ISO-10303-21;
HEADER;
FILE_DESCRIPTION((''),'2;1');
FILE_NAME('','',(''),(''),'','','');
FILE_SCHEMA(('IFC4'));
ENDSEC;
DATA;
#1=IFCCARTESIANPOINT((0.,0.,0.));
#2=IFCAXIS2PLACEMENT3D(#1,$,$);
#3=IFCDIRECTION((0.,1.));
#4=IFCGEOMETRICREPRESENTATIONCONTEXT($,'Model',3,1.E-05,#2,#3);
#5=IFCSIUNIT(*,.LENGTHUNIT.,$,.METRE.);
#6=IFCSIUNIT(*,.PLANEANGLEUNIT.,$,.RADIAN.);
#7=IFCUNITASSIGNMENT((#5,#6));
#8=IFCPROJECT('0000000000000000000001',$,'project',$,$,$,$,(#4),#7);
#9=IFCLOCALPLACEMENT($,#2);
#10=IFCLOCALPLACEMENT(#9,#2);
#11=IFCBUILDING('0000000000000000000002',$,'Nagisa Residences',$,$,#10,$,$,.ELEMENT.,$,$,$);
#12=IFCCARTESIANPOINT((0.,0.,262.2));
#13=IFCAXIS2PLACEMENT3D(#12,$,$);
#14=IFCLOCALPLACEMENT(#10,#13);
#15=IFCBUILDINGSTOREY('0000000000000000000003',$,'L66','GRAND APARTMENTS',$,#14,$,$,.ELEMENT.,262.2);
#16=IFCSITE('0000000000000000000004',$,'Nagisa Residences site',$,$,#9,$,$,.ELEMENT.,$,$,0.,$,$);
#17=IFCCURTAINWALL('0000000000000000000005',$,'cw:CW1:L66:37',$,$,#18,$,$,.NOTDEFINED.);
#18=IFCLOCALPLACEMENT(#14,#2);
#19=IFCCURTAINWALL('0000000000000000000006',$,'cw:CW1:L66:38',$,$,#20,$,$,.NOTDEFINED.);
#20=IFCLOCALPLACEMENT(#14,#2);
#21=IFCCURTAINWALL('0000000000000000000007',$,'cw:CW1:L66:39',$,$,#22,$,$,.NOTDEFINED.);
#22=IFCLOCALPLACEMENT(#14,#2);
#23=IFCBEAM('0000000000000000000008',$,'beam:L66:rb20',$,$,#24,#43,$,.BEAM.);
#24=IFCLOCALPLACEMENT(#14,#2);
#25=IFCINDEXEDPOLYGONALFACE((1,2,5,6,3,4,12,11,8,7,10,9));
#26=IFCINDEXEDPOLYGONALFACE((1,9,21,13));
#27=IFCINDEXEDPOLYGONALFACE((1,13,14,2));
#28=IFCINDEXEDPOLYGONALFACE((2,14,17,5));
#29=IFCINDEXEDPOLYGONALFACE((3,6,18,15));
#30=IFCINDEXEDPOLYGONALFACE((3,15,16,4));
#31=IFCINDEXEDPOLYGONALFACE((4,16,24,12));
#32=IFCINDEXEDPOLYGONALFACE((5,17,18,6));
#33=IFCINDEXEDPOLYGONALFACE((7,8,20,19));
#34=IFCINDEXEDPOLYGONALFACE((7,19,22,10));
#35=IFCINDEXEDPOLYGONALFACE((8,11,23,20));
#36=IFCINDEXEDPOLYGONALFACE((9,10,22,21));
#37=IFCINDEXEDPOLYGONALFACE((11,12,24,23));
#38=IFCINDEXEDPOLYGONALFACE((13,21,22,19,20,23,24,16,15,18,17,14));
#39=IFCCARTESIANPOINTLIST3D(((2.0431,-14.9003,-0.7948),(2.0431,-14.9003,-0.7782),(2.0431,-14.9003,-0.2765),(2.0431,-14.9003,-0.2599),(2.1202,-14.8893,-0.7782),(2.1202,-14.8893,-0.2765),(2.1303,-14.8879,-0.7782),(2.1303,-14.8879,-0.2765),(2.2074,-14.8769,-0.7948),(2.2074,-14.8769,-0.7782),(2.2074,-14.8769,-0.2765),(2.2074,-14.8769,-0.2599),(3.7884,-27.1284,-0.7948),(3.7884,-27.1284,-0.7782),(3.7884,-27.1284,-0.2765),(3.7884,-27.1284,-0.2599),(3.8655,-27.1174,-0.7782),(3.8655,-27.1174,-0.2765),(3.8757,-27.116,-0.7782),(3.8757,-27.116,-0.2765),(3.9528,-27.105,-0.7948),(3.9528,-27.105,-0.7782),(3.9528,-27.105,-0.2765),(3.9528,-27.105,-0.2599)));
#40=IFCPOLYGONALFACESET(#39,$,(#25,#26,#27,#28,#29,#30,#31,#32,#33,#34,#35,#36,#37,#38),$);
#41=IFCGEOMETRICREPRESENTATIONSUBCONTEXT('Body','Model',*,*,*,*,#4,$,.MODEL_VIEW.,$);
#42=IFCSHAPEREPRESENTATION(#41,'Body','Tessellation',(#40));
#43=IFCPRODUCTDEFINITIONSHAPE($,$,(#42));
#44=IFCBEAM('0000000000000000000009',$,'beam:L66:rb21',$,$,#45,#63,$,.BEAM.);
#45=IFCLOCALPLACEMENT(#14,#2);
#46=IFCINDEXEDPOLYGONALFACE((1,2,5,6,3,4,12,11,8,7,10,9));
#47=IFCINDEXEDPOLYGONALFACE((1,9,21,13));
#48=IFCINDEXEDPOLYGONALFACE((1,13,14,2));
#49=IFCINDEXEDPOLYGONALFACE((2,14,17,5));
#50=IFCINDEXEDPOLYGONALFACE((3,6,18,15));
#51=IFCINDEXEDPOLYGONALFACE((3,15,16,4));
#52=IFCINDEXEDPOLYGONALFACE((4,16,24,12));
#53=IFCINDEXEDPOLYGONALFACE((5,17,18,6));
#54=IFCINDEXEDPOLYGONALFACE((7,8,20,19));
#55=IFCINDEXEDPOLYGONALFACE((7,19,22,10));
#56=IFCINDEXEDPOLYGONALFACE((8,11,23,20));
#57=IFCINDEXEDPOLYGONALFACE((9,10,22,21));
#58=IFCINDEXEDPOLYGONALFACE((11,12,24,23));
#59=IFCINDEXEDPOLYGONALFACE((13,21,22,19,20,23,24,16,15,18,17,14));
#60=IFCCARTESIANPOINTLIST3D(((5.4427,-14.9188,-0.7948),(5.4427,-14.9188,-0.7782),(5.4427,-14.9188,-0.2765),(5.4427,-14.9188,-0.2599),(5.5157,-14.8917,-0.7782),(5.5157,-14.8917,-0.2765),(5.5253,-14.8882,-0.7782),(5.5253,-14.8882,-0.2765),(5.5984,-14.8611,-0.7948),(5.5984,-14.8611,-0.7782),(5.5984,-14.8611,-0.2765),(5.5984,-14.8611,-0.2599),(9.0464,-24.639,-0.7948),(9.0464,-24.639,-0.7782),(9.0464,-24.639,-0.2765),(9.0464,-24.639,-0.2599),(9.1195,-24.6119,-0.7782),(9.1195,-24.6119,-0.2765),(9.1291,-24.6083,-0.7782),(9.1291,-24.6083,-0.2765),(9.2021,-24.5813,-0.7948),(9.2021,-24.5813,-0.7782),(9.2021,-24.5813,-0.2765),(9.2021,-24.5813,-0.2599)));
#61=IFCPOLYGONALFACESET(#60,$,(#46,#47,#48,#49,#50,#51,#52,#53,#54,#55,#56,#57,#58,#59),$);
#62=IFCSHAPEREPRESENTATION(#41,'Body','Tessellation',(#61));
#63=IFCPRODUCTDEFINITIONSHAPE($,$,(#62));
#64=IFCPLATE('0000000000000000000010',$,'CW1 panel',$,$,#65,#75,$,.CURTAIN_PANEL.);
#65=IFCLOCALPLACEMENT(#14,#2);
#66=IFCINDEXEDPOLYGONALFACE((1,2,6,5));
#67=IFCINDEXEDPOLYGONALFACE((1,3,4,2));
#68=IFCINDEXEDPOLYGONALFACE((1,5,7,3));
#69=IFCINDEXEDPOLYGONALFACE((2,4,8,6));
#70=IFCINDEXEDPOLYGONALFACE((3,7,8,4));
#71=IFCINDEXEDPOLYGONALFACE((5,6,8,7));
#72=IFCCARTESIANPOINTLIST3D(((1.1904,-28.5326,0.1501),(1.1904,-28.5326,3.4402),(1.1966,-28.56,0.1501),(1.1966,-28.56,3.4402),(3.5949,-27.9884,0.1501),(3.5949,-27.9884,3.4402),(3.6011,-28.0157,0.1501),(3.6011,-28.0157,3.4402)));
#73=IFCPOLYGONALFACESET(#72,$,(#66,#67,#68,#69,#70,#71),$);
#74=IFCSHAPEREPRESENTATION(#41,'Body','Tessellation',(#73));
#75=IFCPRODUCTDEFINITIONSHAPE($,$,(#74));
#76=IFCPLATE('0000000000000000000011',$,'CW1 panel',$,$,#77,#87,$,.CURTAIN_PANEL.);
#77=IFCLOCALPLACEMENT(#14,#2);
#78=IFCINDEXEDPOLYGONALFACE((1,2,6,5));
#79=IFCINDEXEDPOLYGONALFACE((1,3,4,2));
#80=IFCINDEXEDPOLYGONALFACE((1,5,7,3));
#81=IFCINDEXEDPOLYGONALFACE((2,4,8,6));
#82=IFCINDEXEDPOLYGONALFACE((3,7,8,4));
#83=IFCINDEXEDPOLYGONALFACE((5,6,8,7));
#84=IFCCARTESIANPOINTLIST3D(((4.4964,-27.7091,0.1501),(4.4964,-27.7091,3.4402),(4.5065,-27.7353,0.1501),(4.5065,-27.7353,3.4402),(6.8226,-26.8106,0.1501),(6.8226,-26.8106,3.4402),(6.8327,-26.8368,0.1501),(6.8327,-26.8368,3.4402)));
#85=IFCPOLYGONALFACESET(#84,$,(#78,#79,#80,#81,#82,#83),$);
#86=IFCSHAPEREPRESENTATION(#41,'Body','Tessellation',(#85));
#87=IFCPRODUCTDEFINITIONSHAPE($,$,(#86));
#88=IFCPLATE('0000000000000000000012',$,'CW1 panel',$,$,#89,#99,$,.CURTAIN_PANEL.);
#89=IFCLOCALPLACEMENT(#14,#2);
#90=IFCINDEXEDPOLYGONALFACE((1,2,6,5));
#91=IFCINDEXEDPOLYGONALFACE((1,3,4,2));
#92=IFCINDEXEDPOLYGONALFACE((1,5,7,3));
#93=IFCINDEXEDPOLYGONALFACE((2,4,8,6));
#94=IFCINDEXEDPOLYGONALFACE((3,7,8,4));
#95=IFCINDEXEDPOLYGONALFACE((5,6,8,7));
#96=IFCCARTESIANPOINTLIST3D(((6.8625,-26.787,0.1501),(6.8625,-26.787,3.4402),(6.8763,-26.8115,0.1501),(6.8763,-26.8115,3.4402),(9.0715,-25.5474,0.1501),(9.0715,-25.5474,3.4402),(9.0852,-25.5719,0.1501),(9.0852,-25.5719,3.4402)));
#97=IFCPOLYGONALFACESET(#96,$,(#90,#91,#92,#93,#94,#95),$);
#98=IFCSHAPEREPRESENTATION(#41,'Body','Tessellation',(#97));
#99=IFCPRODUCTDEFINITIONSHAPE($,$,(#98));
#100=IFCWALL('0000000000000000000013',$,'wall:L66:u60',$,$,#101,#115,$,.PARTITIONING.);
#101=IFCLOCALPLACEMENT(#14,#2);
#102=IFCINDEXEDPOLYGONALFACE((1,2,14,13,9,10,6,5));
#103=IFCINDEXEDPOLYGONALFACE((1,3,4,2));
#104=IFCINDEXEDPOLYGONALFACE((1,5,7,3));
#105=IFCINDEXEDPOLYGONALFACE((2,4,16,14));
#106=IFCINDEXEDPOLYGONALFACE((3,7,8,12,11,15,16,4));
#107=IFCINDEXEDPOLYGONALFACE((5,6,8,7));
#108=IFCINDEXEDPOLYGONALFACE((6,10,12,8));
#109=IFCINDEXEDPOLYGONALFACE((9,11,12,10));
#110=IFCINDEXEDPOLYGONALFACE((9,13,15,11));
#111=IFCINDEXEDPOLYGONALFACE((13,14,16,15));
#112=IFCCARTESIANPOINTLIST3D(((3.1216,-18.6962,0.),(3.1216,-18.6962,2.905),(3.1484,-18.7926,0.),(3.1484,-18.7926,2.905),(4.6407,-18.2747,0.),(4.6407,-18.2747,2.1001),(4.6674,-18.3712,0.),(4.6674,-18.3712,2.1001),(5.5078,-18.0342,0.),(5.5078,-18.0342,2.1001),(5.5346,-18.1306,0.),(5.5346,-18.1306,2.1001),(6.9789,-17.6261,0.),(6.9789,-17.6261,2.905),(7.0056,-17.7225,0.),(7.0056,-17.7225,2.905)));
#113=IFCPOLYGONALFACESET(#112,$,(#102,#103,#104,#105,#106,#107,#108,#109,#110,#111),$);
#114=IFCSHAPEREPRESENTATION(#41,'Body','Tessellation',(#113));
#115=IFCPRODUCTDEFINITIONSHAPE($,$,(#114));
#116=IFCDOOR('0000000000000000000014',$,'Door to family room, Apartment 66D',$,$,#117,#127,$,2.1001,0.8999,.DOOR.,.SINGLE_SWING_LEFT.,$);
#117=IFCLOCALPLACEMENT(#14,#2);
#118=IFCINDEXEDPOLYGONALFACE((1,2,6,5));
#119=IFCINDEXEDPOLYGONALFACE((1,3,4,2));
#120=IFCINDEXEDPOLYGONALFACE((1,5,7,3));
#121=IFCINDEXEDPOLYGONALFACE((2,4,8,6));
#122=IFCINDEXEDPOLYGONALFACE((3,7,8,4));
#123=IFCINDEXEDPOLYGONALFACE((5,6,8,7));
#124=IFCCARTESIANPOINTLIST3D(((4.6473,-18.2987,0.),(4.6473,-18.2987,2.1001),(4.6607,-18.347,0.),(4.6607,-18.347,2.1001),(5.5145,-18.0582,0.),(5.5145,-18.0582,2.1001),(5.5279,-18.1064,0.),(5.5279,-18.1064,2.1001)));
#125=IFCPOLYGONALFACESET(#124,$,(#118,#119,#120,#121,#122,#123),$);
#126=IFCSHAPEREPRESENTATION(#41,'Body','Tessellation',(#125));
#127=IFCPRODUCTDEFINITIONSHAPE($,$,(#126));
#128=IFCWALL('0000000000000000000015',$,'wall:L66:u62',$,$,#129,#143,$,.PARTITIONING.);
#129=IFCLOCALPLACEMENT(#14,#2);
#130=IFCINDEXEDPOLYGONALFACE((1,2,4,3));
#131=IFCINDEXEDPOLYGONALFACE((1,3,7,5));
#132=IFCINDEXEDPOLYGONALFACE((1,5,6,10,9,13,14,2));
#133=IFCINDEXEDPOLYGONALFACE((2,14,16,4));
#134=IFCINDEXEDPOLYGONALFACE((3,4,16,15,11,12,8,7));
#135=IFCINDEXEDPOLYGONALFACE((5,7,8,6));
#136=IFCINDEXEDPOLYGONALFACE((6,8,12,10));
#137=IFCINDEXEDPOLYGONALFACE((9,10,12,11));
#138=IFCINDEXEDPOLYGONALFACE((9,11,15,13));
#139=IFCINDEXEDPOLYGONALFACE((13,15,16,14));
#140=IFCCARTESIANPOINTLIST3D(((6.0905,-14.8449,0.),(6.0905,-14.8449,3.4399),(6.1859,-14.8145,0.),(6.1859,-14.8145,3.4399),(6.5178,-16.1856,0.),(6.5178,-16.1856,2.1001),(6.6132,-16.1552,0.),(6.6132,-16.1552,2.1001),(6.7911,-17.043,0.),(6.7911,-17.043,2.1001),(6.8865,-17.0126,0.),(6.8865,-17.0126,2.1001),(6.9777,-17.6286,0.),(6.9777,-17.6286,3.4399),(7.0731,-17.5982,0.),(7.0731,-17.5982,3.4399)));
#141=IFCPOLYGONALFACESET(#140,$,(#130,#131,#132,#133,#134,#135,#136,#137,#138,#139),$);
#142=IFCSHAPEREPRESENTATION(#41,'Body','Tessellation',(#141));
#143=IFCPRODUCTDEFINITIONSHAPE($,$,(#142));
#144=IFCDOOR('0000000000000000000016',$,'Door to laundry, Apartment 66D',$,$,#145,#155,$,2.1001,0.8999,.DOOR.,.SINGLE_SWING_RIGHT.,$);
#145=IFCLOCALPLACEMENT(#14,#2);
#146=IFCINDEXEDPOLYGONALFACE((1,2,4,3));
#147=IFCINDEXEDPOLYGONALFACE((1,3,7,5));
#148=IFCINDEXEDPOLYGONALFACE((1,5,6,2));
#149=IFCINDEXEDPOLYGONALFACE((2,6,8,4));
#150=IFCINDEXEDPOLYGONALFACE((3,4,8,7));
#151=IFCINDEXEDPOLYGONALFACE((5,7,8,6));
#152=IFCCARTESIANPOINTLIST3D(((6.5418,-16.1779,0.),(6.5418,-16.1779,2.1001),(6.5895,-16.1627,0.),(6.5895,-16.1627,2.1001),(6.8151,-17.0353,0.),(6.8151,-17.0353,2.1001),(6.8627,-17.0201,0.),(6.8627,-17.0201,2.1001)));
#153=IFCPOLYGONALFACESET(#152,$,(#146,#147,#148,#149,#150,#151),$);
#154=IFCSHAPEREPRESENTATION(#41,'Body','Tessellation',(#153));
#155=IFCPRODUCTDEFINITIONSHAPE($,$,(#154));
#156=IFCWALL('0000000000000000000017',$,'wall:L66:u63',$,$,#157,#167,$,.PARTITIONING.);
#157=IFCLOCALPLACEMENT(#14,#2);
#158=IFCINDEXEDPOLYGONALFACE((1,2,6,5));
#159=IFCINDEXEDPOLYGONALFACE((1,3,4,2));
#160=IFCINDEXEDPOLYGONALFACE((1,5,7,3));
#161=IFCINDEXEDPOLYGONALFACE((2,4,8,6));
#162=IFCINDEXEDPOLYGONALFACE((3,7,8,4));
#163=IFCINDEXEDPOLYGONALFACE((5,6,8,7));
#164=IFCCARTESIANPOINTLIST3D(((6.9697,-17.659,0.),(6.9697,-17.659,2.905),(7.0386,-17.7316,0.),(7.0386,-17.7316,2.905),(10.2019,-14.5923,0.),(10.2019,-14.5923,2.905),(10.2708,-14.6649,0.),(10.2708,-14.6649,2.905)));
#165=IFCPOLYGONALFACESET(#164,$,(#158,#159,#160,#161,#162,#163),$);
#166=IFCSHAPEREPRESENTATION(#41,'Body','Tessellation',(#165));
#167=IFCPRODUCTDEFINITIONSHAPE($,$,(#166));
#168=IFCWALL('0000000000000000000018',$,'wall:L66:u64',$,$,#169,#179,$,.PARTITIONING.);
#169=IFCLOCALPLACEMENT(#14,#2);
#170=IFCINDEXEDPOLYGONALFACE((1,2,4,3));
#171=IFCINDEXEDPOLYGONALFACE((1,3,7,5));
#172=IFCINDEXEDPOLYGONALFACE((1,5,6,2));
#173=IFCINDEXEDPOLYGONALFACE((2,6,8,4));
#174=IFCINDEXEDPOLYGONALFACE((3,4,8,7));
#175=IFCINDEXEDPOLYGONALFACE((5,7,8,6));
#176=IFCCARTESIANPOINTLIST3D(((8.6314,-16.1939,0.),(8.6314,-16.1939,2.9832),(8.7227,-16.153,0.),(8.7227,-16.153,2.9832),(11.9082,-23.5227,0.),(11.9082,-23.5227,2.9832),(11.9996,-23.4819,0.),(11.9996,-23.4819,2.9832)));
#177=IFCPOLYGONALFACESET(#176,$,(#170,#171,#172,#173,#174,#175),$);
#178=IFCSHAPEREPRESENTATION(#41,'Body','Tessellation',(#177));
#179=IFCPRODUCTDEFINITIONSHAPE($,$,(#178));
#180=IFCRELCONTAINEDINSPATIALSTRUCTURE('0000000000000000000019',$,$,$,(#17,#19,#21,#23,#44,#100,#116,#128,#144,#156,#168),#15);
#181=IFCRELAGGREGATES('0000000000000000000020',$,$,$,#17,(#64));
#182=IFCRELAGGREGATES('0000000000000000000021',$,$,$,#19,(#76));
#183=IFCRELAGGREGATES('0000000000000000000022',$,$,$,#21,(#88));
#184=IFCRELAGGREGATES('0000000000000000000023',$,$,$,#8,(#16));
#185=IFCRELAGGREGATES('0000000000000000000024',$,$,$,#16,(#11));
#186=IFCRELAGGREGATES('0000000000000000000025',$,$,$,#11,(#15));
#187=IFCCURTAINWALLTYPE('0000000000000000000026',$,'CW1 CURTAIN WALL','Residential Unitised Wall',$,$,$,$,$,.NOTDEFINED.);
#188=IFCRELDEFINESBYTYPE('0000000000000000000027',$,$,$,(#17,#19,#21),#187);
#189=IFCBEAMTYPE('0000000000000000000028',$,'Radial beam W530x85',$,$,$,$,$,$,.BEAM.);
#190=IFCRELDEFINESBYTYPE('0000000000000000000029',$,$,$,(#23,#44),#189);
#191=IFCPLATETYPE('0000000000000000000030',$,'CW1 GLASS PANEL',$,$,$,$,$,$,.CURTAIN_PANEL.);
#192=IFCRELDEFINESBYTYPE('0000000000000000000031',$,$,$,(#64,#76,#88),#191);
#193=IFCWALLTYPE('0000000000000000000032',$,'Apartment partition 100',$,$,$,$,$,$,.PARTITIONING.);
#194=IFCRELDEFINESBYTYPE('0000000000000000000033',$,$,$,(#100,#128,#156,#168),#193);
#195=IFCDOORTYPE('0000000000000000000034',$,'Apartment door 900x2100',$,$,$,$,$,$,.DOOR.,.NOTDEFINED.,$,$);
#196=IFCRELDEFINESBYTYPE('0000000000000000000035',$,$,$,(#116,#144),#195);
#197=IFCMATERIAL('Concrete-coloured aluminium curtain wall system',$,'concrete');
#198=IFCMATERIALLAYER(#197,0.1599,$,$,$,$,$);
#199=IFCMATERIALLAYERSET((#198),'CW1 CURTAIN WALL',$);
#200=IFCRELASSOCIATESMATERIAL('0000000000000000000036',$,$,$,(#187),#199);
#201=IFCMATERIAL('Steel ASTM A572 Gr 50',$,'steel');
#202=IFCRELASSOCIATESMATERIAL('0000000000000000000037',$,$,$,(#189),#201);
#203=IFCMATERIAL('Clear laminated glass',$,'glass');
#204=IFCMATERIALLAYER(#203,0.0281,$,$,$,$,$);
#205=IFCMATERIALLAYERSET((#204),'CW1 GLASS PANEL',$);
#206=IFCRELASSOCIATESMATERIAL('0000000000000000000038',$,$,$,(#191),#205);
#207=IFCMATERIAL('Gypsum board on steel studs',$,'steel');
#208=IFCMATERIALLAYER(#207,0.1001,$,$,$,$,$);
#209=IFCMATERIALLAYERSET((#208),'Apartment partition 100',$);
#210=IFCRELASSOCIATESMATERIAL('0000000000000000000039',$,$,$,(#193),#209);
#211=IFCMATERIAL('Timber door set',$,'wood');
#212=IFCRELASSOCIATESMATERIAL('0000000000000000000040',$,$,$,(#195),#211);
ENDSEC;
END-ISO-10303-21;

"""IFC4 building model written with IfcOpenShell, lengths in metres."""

from ifc_helpers import new_model, si_unit, direction, frame, frame_2d, origin, origin_2d, place, context, subcontext, project, spatial, rectangle, i_section, extrude, material, layer, layer_set, material_profile, profile_set, type_object, element, fill, aggregate, save


model = new_model("IFC4")

# Units and contexts
model_context = context("Model", 3, precision=1e-05, world=origin(), true_north=direction((0.0, 1.0)))
body_context = subcontext(model_context, "Body", "Model", "MODEL_VIEW")
ifc_project = project(units=[si_unit("LENGTHUNIT", "METRE"), si_unit("PLANEANGLEUNIT", "RADIAN")], contexts=[model_context])

# Site, building, storey
site_placement = place(None, origin())
site = spatial("IfcSite", under=ifc_project, at=site_placement, Name="Nagisa Residences site", CompositionType="ELEMENT", RefElevation=0.0)
building_placement = place(site_placement, origin())
building = spatial("IfcBuilding", under=site, at=building_placement, Name="Nagisa Residences", CompositionType="ELEMENT")
storey_placement = place(building_placement, frame((0.0, 0.0, 262.2)))
storey = spatial("IfcBuildingStorey", under=building, at=storey_placement, Name="L66", Description="GRAND APARTMENTS", CompositionType="ELEMENT", Elevation=262.2)

# Curtain walls
ifc_material_1 = material(Name="Concrete-coloured aluminium curtain wall system", Category="concrete")
ifc_layer_1 = layer(ifc_material_1, 0.1599)
ifc_layer_set_1 = layer_set([ifc_layer_1], Name="CW1 CURTAIN WALL")
curtain_wall_type = type_object("IfcCurtainWallType", Name="CW1 CURTAIN WALL", Description="Residential Unitised Wall", PredefinedType="NOTDEFINED", material=ifc_layer_set_1)
curtain_wall_1_placement = place(storey_placement, origin())
curtain_wall_1 = element("IfcCurtainWall", 1, at=curtain_wall_1_placement, inside=storey, type_object=curtain_wall_type, Name="cw:CW1:L66:37", PredefinedType="NOTDEFINED")
curtain_wall_2_placement = place(storey_placement, origin())
curtain_wall_2 = element("IfcCurtainWall", 2, at=curtain_wall_2_placement, inside=storey, type_object=curtain_wall_type, Name="cw:CW1:L66:38", PredefinedType="NOTDEFINED")
curtain_wall_3_placement = place(storey_placement, origin())
curtain_wall_3 = element("IfcCurtainWall", 3, at=curtain_wall_3_placement, inside=storey, type_object=curtain_wall_type, Name="cw:CW1:L66:39", PredefinedType="NOTDEFINED")

# Beams
ifc_material_2 = material(Name="Steel ASTM A572 Gr 50", Category="steel")
ifc_material_profile_1 = material_profile(ifc_material_2, i_section(OverallWidth=0.166, OverallDepth=0.5349, WebThickness=0.0103, FlangeThickness=0.0166, at=origin_2d()), Name="W530x85")
ifc_profile_set_1 = profile_set([ifc_material_profile_1], Name="Steel ASTM A572 Gr 50")
beam_type_1 = type_object("IfcBeamType", Name="Radial beam W530x85", PredefinedType="BEAM", material=ifc_profile_set_1)
beam_1_placement = place(storey_placement, frame((3.8706, -27.1167, -0.5273), z_axis=(-0.141302, 0.989966, 0.0), x_axis=(-0.989966, -0.141302, 0.0)))
element("IfcBeam", 4, at=beam_1_placement, inside=storey, type_object=beam_type_1, Name="beam:L66:rb20", PredefinedType="BEAM", context=body_context, shape_type="SweptSolid", body=[
    extrude(i_section(OverallWidth=0.166, OverallDepth=0.5349, WebThickness=0.0103, FlangeThickness=0.0166, at=origin_2d()), origin(), (0.0, 0.0, 1.0), 12.3521),
])
beam_2_placement = place(storey_placement, frame((9.1243, -24.6101, -0.5273), z_axis=(-0.347627, 0.937633, 0.0), x_axis=(-0.937633, -0.347627, 0.0)))
element("IfcBeam", 5, at=beam_2_placement, inside=storey, type_object=beam_type_1, Name="beam:L66:rb21", PredefinedType="BEAM", context=body_context, shape_type="SweptSolid", body=[
    extrude(i_section(OverallWidth=0.166, OverallDepth=0.5349, WebThickness=0.0103, FlangeThickness=0.0166, at=origin_2d()), origin(), (0.0, 0.0, 1.0), 10.3667),
])

# Plates
ifc_material_3 = material(Name="Clear laminated glass", Category="glass")
ifc_layer_2 = layer(ifc_material_3, 0.0281)
ifc_layer_set_2 = layer_set([ifc_layer_2], Name="CW1 GLASS PANEL")
plate_type = type_object("IfcPlateType", Name="CW1 GLASS PANEL", PredefinedType="CURTAIN_PANEL", material=ifc_layer_set_2)
plate_1_placement = place(storey_placement, frame((2.3958, -28.2742, 0.1501), z_axis=(0.0, 0.0, 1.0), x_axis=(0.975327, 0.220764, 0.0)))
plate_1 = element("IfcPlate", 6, at=plate_1_placement, type_object=plate_type, Name="CW1 panel", PredefinedType="CURTAIN_PANEL", context=body_context, shape_type="SweptSolid", body=[
    extrude(rectangle(XDim=2.4653, YDim=0.0281, at=origin_2d()), origin(), (0.0, 0.0, 1.0), 3.29),
])
aggregate(curtain_wall_1, [plate_1])
plate_2_placement = place(storey_placement, frame((5.6646, -27.2729, 0.1501), z_axis=(0.0, 0.0, 1.0), x_axis=(0.932826, 0.360328, 0.0)))
plate_2 = element("IfcPlate", 7, at=plate_2_placement, type_object=plate_type, Name="CW1 panel", PredefinedType="CURTAIN_PANEL", context=body_context, shape_type="SweptSolid", body=[
    extrude(rectangle(XDim=2.4937, YDim=0.0281, at=origin_2d()), origin(), (0.0, 0.0, 1.0), 3.29),
])
aggregate(curtain_wall_2, [plate_2])
plate_3_placement = place(storey_placement, frame((7.9739, -26.1794, 0.1501), z_axis=(0.0, 0.0, 1.0), x_axis=(0.872072, 0.489377, 0.0)))
plate_3 = element("IfcPlate", 8, at=plate_3_placement, type_object=plate_type, Name="CW1 panel", PredefinedType="CURTAIN_PANEL", context=body_context, shape_type="SweptSolid", body=[
    extrude(rectangle(XDim=2.533, YDim=0.0281, at=origin_2d()), origin(), (0.0, 0.0, 1.0), 3.29),
])
aggregate(curtain_wall_3, [plate_3])

# Walls, openings, doors
ifc_material_4 = material(Name="Gypsum board on steel studs", Category="steel")
ifc_layer_3 = layer(ifc_material_4, 0.1001)
ifc_layer_set_3 = layer_set([ifc_layer_3], Name="Apartment partition 100")
wall_type_1 = type_object("IfcWallType", Name="Apartment partition 100", PredefinedType="PARTITIONING", material=ifc_layer_set_3)
wall_1_placement = place(storey_placement, frame((3.135, -18.7444, 0.0), z_axis=(0.0, 0.0, 1.0), x_axis=(0.963606, 0.267326, 0.0)))
wall_1 = element("IfcWall", 9, at=wall_1_placement, inside=storey, type_object=wall_type_1, Name="wall:L66:u60", PredefinedType="PARTITIONING", context=body_context, shape_type="SweptSolid", body=[
    extrude(rectangle(XDim=4.0029, YDim=0.1001, at=frame_2d((2.0015, 0.0))), origin(), (0.0, 0.0, 1.0), 2.905),
])
opening_1_placement = place(wall_1_placement, frame((1.5764, 0.0, 0.0)))
opening_1 = element("IfcOpeningElement", 10, at=opening_1_placement, cuts=wall_1, PredefinedType="OPENING", context=body_context, shape_type="SweptSolid", body=[
    extrude(rectangle(XDim=0.8999, YDim=2.1001, at=frame_2d((0.45, 1.05))), frame((0.0, 0.0601, 0.0), z_axis=(0.0, -1.0, 0.0), x_axis=(1.0, 0.0, 0.0)), (0.0, 0.0, 1.0), 0.1201),
])
ifc_material_5 = material(Name="Timber door set", Category="wood")
door_type_1 = type_object("IfcDoorType", Name="Apartment door 900x2100", OperationType="NOTDEFINED", PredefinedType="DOOR", material=ifc_material_5)
door_1_placement = place(opening_1_placement, frame((0.8999, 0.0, 0.0), x_axis=(-1.0, 0.0, 0.0)))
door_1 = element("IfcDoor", 11, at=door_1_placement, inside=storey, type_object=door_type_1, Name="Door to family room, Apartment 66D", OperationType="SINGLE_SWING_LEFT", OverallHeight=2.1001, OverallWidth=0.8999, PredefinedType="DOOR", context=body_context, shape_type="SweptSolid", body=[
    extrude(rectangle(XDim=0.8999, YDim=2.1001, at=frame_2d((0.45, 1.05))), frame((0.0, 0.0249, 0.0), z_axis=(0.0, -1.0, 0.0), x_axis=(1.0, 0.0, 0.0)), (0.0, 0.0, 1.0), 0.05),
])
fill(opening_1, door_1)
wall_2_placement = place(storey_placement, frame((6.1382, -14.8296, 0.0), z_axis=(0.0, 0.0, 1.0), x_axis=(0.303666, -0.952779, 0.0)))
wall_2 = element("IfcWall", 12, at=wall_2_placement, inside=storey, type_object=wall_type_1, Name="wall:L66:u62", PredefinedType="PARTITIONING", context=body_context, shape_type="SweptSolid", body=[
    extrude(rectangle(XDim=2.9216, YDim=0.1001, at=frame_2d((1.4609, 0.0))), origin(), (0.0, 0.0, 1.0), 3.4399),
])
opening_2_placement = place(wall_2_placement, frame((1.4072, 0.0, 0.0)))
opening_2 = element("IfcOpeningElement", 13, at=opening_2_placement, cuts=wall_2, PredefinedType="OPENING", context=body_context, shape_type="SweptSolid", body=[
    extrude(rectangle(XDim=0.8999, YDim=2.1001, at=frame_2d((0.45, 1.05))), frame((0.0, 0.0601, 0.0), z_axis=(0.0, -1.0, 0.0), x_axis=(1.0, 0.0, 0.0)), (0.0, 0.0, 1.0), 0.1201),
])
door_2_placement = place(opening_2_placement, frame((0.8999, 0.0, 0.0), x_axis=(-1.0, 0.0, 0.0)))
door_2 = element("IfcDoor", 14, at=door_2_placement, inside=storey, type_object=door_type_1, Name="Door to laundry, Apartment 66D", OperationType="SINGLE_SWING_RIGHT", OverallHeight=2.1001, OverallWidth=0.8999, PredefinedType="DOOR", context=body_context, shape_type="SweptSolid", body=[
    extrude(rectangle(XDim=0.8999, YDim=2.1001, at=frame_2d((0.45, 1.05))), frame((0.0, 0.0249, 0.0), z_axis=(0.0, -1.0, 0.0), x_axis=(1.0, 0.0, 0.0)), (0.0, 0.0, 1.0), 0.05),
])
fill(opening_2, door_2)

# Walls
wall_3_placement = place(storey_placement, frame((7.0042, -17.6953, 0.0), z_axis=(0.0, 0.0, 1.0), x_axis=(0.725438, 0.688287, 0.0)))
element("IfcWall", 15, at=wall_3_placement, inside=storey, type_object=wall_type_1, Name="wall:L66:u63", PredefinedType="PARTITIONING", context=body_context, shape_type="SweptSolid", body=[
    extrude(rectangle(XDim=4.4556, YDim=0.1001, at=frame_2d((2.2278, 0.0))), origin(), (0.0, 0.0, 1.0), 2.905),
])
wall_4_placement = place(storey_placement, frame((8.677, -16.1733, 0.0), z_axis=(0.0, 0.0, 1.0), x_axis=(0.408175, -0.912904, 0.0)))
element("IfcWall", 16, at=wall_4_placement, inside=storey, type_object=wall_type_1, Name="wall:L66:u64", PredefinedType="PARTITIONING", context=body_context, shape_type="SweptSolid", body=[
    extrude(rectangle(XDim=8.0281, YDim=0.1001, at=frame_2d((4.0142, 0.0))), origin(), (0.0, 0.0, 1.0), 2.9832),
])

save(model, "model.ifc")
